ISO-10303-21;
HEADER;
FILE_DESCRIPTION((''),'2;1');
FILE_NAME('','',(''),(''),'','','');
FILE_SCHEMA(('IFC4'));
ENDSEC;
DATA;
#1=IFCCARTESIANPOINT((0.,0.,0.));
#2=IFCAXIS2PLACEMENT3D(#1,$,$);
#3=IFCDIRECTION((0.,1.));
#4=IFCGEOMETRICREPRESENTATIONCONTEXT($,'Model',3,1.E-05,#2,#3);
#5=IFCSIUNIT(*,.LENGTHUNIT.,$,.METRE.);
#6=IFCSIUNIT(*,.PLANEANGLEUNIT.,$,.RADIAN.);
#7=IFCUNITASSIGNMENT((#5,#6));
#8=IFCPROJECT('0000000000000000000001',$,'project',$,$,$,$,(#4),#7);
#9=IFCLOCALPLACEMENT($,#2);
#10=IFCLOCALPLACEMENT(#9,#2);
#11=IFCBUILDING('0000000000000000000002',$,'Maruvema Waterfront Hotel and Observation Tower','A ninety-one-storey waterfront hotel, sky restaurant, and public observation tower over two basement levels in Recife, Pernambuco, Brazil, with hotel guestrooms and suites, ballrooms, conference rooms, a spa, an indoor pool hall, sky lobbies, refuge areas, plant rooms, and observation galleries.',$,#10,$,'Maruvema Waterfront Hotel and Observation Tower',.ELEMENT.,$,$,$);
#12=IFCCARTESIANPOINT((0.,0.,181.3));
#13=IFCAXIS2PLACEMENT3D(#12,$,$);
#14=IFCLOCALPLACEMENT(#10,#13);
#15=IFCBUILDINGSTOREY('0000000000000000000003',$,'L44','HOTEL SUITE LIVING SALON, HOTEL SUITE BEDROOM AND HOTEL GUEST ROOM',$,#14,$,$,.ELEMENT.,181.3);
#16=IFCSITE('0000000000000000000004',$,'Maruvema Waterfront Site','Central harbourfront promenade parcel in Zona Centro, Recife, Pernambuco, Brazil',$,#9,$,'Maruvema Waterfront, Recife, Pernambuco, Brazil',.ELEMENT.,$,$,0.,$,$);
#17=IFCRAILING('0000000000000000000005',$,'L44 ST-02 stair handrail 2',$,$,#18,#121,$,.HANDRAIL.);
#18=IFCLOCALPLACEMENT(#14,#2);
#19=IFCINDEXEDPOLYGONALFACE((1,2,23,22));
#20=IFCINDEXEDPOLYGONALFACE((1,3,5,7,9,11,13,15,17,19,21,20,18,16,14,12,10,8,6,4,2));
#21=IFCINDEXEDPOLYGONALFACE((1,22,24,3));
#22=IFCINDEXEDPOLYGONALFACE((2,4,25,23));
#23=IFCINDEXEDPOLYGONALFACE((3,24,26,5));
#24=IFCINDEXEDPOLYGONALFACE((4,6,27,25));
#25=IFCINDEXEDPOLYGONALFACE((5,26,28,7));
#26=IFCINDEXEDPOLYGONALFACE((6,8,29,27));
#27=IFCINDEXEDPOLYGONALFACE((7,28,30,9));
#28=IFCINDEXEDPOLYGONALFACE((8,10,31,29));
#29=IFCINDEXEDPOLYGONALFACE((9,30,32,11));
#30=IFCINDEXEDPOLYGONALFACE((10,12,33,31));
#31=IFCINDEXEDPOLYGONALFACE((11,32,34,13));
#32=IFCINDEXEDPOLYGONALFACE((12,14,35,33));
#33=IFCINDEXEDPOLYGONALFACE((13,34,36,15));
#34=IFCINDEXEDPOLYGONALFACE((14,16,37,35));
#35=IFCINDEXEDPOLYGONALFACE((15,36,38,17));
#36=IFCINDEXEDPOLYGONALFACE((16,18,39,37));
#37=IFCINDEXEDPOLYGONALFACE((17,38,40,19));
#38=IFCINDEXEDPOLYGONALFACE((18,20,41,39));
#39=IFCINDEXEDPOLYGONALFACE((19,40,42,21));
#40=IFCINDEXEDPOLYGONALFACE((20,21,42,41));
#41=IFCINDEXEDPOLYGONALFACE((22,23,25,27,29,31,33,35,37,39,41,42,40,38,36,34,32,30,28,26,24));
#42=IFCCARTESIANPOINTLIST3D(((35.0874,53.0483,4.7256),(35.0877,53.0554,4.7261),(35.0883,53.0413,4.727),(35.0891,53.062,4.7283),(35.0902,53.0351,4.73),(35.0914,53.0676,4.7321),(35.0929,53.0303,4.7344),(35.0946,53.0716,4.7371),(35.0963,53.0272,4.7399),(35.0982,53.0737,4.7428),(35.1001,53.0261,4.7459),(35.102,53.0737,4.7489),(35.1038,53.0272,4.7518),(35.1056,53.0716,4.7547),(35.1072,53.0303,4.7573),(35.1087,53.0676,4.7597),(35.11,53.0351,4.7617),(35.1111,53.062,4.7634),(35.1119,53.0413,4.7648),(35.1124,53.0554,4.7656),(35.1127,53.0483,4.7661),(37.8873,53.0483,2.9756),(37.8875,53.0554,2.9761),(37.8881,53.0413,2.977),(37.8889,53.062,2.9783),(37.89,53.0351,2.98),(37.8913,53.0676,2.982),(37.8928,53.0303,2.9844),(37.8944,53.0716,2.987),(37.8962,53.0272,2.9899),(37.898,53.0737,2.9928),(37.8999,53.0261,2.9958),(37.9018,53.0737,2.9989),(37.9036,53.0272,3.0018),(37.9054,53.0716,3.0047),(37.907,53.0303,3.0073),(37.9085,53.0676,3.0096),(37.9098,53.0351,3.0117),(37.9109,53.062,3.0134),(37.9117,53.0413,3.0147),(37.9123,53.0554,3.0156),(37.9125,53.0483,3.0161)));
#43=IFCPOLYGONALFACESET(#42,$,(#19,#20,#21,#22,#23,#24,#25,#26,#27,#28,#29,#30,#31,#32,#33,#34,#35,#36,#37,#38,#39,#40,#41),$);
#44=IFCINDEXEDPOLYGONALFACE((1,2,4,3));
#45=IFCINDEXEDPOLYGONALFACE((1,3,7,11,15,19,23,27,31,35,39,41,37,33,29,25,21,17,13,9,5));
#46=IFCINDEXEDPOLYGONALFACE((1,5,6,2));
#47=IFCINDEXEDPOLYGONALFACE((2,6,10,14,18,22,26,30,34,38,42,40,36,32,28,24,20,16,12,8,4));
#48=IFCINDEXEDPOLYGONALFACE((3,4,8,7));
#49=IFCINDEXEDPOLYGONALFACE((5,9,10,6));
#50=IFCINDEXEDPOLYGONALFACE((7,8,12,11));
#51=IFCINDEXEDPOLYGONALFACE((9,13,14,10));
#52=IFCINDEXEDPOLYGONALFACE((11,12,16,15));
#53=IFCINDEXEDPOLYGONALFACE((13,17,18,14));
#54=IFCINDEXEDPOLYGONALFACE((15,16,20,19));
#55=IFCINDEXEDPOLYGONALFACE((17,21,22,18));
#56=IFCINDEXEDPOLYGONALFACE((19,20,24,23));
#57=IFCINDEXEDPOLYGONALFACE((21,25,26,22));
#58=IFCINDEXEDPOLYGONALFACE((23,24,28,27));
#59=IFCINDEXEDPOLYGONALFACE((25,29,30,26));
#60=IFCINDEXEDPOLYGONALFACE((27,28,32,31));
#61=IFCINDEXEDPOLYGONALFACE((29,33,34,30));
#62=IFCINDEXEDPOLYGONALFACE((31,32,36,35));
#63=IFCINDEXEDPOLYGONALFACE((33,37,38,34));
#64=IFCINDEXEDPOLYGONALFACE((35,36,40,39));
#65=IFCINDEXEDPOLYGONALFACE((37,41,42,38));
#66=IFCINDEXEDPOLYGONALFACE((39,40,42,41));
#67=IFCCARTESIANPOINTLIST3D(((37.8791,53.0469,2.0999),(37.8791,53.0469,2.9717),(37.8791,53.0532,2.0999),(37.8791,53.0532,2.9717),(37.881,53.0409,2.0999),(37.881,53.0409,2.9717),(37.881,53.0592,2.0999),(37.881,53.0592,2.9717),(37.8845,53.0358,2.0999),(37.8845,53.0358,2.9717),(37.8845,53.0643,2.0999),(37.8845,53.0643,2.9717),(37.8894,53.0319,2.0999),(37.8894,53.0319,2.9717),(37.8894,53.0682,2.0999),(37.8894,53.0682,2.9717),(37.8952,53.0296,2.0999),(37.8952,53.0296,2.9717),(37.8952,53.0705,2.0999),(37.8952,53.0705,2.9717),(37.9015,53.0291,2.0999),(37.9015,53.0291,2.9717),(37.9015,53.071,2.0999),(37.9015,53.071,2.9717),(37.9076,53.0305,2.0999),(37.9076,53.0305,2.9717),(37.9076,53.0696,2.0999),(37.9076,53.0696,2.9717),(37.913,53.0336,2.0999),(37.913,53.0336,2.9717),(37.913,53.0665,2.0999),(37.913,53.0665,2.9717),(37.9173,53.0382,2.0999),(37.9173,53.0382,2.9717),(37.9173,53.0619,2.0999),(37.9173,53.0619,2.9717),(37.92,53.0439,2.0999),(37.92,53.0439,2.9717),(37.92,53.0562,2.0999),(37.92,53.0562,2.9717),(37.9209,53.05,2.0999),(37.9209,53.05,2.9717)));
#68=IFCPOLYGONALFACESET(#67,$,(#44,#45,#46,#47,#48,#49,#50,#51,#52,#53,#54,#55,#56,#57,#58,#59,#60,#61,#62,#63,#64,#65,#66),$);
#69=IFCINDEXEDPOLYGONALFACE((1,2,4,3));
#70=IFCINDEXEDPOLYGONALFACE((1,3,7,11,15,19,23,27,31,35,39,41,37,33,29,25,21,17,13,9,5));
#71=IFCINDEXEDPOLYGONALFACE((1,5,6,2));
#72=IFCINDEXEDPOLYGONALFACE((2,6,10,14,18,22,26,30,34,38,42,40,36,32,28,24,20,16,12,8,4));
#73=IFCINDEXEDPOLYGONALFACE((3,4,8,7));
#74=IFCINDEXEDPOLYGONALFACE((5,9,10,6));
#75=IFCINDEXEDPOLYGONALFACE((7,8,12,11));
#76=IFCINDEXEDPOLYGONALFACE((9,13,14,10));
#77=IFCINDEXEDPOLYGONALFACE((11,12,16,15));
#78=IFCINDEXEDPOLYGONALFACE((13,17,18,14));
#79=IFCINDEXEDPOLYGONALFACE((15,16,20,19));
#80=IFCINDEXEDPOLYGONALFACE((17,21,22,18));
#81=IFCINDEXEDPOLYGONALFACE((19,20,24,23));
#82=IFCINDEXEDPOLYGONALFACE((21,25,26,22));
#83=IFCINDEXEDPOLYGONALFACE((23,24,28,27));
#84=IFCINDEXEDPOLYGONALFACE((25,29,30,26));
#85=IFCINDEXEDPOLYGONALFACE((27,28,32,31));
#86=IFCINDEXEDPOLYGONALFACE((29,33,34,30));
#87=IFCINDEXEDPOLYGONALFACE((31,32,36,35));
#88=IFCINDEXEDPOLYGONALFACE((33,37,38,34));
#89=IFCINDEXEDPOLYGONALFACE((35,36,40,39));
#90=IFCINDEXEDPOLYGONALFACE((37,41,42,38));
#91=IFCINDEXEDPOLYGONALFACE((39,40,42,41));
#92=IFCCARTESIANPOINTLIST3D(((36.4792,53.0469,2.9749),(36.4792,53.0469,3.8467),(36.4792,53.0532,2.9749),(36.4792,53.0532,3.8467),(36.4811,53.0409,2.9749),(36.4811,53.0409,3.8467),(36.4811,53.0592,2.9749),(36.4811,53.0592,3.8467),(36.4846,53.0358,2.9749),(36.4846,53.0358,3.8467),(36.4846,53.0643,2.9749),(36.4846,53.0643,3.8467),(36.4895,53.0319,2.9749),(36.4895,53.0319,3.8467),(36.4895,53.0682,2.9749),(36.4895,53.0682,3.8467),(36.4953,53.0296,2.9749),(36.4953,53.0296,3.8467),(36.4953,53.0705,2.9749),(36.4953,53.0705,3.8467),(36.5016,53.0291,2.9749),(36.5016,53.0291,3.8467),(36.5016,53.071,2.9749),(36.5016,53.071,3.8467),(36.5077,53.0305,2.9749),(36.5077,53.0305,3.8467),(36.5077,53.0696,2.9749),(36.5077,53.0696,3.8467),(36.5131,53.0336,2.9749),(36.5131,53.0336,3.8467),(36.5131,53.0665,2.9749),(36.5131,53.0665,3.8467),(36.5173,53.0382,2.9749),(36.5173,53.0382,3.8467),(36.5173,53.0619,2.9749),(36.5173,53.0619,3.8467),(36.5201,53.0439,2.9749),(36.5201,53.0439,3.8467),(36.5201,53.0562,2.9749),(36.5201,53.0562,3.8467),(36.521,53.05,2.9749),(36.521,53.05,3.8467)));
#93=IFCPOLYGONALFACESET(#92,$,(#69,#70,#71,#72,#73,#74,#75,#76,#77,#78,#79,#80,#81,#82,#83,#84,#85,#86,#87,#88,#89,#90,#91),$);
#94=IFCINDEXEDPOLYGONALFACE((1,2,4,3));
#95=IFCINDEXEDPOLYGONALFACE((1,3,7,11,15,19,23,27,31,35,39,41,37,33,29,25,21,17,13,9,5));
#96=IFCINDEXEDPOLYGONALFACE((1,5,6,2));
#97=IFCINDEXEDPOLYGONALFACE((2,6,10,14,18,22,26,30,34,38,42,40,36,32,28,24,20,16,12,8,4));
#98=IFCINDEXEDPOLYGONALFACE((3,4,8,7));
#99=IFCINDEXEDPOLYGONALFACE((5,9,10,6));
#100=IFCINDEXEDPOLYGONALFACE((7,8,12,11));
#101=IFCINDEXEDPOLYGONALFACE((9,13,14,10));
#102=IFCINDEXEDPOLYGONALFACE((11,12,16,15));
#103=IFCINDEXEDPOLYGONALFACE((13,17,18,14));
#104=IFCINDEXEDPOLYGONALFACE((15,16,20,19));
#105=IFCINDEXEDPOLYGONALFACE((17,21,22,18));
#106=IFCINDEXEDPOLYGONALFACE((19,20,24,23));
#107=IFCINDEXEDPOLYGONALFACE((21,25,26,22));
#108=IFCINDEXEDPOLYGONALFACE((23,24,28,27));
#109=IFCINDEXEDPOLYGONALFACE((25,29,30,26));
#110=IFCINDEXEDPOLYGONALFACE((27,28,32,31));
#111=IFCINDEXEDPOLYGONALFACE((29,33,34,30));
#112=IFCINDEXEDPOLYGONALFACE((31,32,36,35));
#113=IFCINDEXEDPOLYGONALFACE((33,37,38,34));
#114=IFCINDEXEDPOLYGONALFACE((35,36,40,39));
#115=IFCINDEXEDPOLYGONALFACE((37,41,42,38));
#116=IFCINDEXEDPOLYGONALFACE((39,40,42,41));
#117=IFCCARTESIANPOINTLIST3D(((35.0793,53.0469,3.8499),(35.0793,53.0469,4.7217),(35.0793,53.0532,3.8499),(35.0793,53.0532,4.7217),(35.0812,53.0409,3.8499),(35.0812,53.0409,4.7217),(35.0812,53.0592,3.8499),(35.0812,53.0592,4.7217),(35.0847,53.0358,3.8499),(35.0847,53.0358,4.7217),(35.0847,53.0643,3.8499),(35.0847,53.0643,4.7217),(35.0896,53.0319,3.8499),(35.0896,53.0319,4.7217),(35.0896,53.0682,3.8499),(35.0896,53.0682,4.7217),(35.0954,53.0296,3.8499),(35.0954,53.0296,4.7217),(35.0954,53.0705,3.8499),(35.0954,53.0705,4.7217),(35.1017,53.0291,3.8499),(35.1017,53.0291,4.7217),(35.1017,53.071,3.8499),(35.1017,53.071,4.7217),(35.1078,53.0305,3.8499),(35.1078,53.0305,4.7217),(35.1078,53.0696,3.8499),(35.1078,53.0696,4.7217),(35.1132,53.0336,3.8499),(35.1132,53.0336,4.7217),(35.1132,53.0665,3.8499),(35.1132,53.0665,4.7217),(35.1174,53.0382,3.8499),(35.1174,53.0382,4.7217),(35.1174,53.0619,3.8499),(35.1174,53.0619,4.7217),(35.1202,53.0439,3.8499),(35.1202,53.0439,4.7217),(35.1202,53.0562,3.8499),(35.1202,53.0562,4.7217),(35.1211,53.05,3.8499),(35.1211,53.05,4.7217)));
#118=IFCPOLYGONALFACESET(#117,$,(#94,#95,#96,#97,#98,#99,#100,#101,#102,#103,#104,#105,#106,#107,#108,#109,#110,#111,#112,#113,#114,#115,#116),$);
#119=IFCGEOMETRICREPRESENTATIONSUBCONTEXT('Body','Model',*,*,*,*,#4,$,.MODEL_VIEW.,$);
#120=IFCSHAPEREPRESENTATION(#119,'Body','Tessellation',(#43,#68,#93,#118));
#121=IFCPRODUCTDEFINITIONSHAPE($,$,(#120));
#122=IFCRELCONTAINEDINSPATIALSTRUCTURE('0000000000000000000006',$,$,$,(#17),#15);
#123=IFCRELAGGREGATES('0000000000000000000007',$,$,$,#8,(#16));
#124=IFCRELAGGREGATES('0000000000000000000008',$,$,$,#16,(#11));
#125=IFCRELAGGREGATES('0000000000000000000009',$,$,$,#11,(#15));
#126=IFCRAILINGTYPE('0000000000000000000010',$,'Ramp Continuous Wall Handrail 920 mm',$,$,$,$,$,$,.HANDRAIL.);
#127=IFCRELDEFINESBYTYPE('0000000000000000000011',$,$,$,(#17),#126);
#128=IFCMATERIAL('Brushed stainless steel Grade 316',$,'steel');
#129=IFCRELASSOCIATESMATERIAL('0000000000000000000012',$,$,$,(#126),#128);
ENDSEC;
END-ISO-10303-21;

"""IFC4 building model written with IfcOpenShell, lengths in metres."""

from ifc_helpers import new_model, si_unit, direction, frame, origin, origin_2d, place, context, subcontext, project, spatial, circle, extrude, material, type_object, element, save


model = new_model("IFC4")

# Units and contexts
model_context = context("Model", 3, precision=1e-05, world=origin(), true_north=direction((0.0, 1.0)))
body_context = subcontext(model_context, "Body", "Model", "MODEL_VIEW")
ifc_project = project(units=[si_unit("LENGTHUNIT", "METRE"), si_unit("PLANEANGLEUNIT", "RADIAN")], contexts=[model_context])

# Site, building, storey
site_placement = place(None, origin())
site = spatial("IfcSite", under=ifc_project, at=site_placement, Name="Maruvema Waterfront Site", Description="Central harbourfront promenade parcel in Zona Centro, Recife, Pernambuco, Brazil", LongName="Maruvema Waterfront, Recife, Pernambuco, Brazil", CompositionType="ELEMENT", RefElevation=0.0)
building_placement = place(site_placement, origin())
building = spatial("IfcBuilding", under=site, at=building_placement, Name="Maruvema Waterfront Hotel and Observation Tower", Description="A ninety-one-storey waterfront hotel, sky restaurant, and public observation tower over two basement levels in Recife, Pernambuco, Brazil, with hotel guestrooms and suites, ballrooms, conference rooms, a spa, an indoor pool hall, sky lobbies, refuge areas, plant rooms, and observation galleries.", LongName="Maruvema Waterfront Hotel and Observation Tower", CompositionType="ELEMENT")
storey_placement = place(building_placement, frame((0.0, 0.0, 181.3)))
storey = spatial("IfcBuildingStorey", under=building, at=storey_placement, Name="L44", Description="HOTEL SUITE LIVING SALON, HOTEL SUITE BEDROOM AND HOTEL GUEST ROOM", CompositionType="ELEMENT", Elevation=181.3)

# Railing
ifc_material_1 = material(Name="Brushed stainless steel Grade 316", Category="steel")
railing_type_1 = type_object("IfcRailingType", Name="Ramp Continuous Wall Handrail 920 mm", PredefinedType="HANDRAIL", material=ifc_material_1)
railing_1_placement = place(storey_placement, frame((37.8999, 53.05, 2.0999)))
element("IfcRailing", 1, at=railing_1_placement, inside=storey, type_object=railing_type_1, Name="L44 ST-02 stair handrail 2", PredefinedType="HANDRAIL", context=body_context, shape_type="SweptSolid", body=[
    extrude(circle(Radius=0.0239, at=origin_2d()), frame((0.0, 0.0, 0.896), z_axis=(-0.847982, 0.0, 0.530026), x_axis=(0.0, -1.0, 0.0)), (0.0, 0.0, 1.0), 3.3018),
    extrude(circle(Radius=0.021, at=origin_2d()), origin(), (0.0, 0.0, 1.0), 0.8718),
    extrude(circle(Radius=0.021, at=origin_2d()), frame((-1.3999, 0.0, 0.875)), (0.0, 0.0, 1.0), 0.8718),
    extrude(circle(Radius=0.021, at=origin_2d()), frame((-2.7998, 0.0, 1.75)), (0.0, 0.0, 1.0), 0.8718),
])

save(model, "model.ifc")
